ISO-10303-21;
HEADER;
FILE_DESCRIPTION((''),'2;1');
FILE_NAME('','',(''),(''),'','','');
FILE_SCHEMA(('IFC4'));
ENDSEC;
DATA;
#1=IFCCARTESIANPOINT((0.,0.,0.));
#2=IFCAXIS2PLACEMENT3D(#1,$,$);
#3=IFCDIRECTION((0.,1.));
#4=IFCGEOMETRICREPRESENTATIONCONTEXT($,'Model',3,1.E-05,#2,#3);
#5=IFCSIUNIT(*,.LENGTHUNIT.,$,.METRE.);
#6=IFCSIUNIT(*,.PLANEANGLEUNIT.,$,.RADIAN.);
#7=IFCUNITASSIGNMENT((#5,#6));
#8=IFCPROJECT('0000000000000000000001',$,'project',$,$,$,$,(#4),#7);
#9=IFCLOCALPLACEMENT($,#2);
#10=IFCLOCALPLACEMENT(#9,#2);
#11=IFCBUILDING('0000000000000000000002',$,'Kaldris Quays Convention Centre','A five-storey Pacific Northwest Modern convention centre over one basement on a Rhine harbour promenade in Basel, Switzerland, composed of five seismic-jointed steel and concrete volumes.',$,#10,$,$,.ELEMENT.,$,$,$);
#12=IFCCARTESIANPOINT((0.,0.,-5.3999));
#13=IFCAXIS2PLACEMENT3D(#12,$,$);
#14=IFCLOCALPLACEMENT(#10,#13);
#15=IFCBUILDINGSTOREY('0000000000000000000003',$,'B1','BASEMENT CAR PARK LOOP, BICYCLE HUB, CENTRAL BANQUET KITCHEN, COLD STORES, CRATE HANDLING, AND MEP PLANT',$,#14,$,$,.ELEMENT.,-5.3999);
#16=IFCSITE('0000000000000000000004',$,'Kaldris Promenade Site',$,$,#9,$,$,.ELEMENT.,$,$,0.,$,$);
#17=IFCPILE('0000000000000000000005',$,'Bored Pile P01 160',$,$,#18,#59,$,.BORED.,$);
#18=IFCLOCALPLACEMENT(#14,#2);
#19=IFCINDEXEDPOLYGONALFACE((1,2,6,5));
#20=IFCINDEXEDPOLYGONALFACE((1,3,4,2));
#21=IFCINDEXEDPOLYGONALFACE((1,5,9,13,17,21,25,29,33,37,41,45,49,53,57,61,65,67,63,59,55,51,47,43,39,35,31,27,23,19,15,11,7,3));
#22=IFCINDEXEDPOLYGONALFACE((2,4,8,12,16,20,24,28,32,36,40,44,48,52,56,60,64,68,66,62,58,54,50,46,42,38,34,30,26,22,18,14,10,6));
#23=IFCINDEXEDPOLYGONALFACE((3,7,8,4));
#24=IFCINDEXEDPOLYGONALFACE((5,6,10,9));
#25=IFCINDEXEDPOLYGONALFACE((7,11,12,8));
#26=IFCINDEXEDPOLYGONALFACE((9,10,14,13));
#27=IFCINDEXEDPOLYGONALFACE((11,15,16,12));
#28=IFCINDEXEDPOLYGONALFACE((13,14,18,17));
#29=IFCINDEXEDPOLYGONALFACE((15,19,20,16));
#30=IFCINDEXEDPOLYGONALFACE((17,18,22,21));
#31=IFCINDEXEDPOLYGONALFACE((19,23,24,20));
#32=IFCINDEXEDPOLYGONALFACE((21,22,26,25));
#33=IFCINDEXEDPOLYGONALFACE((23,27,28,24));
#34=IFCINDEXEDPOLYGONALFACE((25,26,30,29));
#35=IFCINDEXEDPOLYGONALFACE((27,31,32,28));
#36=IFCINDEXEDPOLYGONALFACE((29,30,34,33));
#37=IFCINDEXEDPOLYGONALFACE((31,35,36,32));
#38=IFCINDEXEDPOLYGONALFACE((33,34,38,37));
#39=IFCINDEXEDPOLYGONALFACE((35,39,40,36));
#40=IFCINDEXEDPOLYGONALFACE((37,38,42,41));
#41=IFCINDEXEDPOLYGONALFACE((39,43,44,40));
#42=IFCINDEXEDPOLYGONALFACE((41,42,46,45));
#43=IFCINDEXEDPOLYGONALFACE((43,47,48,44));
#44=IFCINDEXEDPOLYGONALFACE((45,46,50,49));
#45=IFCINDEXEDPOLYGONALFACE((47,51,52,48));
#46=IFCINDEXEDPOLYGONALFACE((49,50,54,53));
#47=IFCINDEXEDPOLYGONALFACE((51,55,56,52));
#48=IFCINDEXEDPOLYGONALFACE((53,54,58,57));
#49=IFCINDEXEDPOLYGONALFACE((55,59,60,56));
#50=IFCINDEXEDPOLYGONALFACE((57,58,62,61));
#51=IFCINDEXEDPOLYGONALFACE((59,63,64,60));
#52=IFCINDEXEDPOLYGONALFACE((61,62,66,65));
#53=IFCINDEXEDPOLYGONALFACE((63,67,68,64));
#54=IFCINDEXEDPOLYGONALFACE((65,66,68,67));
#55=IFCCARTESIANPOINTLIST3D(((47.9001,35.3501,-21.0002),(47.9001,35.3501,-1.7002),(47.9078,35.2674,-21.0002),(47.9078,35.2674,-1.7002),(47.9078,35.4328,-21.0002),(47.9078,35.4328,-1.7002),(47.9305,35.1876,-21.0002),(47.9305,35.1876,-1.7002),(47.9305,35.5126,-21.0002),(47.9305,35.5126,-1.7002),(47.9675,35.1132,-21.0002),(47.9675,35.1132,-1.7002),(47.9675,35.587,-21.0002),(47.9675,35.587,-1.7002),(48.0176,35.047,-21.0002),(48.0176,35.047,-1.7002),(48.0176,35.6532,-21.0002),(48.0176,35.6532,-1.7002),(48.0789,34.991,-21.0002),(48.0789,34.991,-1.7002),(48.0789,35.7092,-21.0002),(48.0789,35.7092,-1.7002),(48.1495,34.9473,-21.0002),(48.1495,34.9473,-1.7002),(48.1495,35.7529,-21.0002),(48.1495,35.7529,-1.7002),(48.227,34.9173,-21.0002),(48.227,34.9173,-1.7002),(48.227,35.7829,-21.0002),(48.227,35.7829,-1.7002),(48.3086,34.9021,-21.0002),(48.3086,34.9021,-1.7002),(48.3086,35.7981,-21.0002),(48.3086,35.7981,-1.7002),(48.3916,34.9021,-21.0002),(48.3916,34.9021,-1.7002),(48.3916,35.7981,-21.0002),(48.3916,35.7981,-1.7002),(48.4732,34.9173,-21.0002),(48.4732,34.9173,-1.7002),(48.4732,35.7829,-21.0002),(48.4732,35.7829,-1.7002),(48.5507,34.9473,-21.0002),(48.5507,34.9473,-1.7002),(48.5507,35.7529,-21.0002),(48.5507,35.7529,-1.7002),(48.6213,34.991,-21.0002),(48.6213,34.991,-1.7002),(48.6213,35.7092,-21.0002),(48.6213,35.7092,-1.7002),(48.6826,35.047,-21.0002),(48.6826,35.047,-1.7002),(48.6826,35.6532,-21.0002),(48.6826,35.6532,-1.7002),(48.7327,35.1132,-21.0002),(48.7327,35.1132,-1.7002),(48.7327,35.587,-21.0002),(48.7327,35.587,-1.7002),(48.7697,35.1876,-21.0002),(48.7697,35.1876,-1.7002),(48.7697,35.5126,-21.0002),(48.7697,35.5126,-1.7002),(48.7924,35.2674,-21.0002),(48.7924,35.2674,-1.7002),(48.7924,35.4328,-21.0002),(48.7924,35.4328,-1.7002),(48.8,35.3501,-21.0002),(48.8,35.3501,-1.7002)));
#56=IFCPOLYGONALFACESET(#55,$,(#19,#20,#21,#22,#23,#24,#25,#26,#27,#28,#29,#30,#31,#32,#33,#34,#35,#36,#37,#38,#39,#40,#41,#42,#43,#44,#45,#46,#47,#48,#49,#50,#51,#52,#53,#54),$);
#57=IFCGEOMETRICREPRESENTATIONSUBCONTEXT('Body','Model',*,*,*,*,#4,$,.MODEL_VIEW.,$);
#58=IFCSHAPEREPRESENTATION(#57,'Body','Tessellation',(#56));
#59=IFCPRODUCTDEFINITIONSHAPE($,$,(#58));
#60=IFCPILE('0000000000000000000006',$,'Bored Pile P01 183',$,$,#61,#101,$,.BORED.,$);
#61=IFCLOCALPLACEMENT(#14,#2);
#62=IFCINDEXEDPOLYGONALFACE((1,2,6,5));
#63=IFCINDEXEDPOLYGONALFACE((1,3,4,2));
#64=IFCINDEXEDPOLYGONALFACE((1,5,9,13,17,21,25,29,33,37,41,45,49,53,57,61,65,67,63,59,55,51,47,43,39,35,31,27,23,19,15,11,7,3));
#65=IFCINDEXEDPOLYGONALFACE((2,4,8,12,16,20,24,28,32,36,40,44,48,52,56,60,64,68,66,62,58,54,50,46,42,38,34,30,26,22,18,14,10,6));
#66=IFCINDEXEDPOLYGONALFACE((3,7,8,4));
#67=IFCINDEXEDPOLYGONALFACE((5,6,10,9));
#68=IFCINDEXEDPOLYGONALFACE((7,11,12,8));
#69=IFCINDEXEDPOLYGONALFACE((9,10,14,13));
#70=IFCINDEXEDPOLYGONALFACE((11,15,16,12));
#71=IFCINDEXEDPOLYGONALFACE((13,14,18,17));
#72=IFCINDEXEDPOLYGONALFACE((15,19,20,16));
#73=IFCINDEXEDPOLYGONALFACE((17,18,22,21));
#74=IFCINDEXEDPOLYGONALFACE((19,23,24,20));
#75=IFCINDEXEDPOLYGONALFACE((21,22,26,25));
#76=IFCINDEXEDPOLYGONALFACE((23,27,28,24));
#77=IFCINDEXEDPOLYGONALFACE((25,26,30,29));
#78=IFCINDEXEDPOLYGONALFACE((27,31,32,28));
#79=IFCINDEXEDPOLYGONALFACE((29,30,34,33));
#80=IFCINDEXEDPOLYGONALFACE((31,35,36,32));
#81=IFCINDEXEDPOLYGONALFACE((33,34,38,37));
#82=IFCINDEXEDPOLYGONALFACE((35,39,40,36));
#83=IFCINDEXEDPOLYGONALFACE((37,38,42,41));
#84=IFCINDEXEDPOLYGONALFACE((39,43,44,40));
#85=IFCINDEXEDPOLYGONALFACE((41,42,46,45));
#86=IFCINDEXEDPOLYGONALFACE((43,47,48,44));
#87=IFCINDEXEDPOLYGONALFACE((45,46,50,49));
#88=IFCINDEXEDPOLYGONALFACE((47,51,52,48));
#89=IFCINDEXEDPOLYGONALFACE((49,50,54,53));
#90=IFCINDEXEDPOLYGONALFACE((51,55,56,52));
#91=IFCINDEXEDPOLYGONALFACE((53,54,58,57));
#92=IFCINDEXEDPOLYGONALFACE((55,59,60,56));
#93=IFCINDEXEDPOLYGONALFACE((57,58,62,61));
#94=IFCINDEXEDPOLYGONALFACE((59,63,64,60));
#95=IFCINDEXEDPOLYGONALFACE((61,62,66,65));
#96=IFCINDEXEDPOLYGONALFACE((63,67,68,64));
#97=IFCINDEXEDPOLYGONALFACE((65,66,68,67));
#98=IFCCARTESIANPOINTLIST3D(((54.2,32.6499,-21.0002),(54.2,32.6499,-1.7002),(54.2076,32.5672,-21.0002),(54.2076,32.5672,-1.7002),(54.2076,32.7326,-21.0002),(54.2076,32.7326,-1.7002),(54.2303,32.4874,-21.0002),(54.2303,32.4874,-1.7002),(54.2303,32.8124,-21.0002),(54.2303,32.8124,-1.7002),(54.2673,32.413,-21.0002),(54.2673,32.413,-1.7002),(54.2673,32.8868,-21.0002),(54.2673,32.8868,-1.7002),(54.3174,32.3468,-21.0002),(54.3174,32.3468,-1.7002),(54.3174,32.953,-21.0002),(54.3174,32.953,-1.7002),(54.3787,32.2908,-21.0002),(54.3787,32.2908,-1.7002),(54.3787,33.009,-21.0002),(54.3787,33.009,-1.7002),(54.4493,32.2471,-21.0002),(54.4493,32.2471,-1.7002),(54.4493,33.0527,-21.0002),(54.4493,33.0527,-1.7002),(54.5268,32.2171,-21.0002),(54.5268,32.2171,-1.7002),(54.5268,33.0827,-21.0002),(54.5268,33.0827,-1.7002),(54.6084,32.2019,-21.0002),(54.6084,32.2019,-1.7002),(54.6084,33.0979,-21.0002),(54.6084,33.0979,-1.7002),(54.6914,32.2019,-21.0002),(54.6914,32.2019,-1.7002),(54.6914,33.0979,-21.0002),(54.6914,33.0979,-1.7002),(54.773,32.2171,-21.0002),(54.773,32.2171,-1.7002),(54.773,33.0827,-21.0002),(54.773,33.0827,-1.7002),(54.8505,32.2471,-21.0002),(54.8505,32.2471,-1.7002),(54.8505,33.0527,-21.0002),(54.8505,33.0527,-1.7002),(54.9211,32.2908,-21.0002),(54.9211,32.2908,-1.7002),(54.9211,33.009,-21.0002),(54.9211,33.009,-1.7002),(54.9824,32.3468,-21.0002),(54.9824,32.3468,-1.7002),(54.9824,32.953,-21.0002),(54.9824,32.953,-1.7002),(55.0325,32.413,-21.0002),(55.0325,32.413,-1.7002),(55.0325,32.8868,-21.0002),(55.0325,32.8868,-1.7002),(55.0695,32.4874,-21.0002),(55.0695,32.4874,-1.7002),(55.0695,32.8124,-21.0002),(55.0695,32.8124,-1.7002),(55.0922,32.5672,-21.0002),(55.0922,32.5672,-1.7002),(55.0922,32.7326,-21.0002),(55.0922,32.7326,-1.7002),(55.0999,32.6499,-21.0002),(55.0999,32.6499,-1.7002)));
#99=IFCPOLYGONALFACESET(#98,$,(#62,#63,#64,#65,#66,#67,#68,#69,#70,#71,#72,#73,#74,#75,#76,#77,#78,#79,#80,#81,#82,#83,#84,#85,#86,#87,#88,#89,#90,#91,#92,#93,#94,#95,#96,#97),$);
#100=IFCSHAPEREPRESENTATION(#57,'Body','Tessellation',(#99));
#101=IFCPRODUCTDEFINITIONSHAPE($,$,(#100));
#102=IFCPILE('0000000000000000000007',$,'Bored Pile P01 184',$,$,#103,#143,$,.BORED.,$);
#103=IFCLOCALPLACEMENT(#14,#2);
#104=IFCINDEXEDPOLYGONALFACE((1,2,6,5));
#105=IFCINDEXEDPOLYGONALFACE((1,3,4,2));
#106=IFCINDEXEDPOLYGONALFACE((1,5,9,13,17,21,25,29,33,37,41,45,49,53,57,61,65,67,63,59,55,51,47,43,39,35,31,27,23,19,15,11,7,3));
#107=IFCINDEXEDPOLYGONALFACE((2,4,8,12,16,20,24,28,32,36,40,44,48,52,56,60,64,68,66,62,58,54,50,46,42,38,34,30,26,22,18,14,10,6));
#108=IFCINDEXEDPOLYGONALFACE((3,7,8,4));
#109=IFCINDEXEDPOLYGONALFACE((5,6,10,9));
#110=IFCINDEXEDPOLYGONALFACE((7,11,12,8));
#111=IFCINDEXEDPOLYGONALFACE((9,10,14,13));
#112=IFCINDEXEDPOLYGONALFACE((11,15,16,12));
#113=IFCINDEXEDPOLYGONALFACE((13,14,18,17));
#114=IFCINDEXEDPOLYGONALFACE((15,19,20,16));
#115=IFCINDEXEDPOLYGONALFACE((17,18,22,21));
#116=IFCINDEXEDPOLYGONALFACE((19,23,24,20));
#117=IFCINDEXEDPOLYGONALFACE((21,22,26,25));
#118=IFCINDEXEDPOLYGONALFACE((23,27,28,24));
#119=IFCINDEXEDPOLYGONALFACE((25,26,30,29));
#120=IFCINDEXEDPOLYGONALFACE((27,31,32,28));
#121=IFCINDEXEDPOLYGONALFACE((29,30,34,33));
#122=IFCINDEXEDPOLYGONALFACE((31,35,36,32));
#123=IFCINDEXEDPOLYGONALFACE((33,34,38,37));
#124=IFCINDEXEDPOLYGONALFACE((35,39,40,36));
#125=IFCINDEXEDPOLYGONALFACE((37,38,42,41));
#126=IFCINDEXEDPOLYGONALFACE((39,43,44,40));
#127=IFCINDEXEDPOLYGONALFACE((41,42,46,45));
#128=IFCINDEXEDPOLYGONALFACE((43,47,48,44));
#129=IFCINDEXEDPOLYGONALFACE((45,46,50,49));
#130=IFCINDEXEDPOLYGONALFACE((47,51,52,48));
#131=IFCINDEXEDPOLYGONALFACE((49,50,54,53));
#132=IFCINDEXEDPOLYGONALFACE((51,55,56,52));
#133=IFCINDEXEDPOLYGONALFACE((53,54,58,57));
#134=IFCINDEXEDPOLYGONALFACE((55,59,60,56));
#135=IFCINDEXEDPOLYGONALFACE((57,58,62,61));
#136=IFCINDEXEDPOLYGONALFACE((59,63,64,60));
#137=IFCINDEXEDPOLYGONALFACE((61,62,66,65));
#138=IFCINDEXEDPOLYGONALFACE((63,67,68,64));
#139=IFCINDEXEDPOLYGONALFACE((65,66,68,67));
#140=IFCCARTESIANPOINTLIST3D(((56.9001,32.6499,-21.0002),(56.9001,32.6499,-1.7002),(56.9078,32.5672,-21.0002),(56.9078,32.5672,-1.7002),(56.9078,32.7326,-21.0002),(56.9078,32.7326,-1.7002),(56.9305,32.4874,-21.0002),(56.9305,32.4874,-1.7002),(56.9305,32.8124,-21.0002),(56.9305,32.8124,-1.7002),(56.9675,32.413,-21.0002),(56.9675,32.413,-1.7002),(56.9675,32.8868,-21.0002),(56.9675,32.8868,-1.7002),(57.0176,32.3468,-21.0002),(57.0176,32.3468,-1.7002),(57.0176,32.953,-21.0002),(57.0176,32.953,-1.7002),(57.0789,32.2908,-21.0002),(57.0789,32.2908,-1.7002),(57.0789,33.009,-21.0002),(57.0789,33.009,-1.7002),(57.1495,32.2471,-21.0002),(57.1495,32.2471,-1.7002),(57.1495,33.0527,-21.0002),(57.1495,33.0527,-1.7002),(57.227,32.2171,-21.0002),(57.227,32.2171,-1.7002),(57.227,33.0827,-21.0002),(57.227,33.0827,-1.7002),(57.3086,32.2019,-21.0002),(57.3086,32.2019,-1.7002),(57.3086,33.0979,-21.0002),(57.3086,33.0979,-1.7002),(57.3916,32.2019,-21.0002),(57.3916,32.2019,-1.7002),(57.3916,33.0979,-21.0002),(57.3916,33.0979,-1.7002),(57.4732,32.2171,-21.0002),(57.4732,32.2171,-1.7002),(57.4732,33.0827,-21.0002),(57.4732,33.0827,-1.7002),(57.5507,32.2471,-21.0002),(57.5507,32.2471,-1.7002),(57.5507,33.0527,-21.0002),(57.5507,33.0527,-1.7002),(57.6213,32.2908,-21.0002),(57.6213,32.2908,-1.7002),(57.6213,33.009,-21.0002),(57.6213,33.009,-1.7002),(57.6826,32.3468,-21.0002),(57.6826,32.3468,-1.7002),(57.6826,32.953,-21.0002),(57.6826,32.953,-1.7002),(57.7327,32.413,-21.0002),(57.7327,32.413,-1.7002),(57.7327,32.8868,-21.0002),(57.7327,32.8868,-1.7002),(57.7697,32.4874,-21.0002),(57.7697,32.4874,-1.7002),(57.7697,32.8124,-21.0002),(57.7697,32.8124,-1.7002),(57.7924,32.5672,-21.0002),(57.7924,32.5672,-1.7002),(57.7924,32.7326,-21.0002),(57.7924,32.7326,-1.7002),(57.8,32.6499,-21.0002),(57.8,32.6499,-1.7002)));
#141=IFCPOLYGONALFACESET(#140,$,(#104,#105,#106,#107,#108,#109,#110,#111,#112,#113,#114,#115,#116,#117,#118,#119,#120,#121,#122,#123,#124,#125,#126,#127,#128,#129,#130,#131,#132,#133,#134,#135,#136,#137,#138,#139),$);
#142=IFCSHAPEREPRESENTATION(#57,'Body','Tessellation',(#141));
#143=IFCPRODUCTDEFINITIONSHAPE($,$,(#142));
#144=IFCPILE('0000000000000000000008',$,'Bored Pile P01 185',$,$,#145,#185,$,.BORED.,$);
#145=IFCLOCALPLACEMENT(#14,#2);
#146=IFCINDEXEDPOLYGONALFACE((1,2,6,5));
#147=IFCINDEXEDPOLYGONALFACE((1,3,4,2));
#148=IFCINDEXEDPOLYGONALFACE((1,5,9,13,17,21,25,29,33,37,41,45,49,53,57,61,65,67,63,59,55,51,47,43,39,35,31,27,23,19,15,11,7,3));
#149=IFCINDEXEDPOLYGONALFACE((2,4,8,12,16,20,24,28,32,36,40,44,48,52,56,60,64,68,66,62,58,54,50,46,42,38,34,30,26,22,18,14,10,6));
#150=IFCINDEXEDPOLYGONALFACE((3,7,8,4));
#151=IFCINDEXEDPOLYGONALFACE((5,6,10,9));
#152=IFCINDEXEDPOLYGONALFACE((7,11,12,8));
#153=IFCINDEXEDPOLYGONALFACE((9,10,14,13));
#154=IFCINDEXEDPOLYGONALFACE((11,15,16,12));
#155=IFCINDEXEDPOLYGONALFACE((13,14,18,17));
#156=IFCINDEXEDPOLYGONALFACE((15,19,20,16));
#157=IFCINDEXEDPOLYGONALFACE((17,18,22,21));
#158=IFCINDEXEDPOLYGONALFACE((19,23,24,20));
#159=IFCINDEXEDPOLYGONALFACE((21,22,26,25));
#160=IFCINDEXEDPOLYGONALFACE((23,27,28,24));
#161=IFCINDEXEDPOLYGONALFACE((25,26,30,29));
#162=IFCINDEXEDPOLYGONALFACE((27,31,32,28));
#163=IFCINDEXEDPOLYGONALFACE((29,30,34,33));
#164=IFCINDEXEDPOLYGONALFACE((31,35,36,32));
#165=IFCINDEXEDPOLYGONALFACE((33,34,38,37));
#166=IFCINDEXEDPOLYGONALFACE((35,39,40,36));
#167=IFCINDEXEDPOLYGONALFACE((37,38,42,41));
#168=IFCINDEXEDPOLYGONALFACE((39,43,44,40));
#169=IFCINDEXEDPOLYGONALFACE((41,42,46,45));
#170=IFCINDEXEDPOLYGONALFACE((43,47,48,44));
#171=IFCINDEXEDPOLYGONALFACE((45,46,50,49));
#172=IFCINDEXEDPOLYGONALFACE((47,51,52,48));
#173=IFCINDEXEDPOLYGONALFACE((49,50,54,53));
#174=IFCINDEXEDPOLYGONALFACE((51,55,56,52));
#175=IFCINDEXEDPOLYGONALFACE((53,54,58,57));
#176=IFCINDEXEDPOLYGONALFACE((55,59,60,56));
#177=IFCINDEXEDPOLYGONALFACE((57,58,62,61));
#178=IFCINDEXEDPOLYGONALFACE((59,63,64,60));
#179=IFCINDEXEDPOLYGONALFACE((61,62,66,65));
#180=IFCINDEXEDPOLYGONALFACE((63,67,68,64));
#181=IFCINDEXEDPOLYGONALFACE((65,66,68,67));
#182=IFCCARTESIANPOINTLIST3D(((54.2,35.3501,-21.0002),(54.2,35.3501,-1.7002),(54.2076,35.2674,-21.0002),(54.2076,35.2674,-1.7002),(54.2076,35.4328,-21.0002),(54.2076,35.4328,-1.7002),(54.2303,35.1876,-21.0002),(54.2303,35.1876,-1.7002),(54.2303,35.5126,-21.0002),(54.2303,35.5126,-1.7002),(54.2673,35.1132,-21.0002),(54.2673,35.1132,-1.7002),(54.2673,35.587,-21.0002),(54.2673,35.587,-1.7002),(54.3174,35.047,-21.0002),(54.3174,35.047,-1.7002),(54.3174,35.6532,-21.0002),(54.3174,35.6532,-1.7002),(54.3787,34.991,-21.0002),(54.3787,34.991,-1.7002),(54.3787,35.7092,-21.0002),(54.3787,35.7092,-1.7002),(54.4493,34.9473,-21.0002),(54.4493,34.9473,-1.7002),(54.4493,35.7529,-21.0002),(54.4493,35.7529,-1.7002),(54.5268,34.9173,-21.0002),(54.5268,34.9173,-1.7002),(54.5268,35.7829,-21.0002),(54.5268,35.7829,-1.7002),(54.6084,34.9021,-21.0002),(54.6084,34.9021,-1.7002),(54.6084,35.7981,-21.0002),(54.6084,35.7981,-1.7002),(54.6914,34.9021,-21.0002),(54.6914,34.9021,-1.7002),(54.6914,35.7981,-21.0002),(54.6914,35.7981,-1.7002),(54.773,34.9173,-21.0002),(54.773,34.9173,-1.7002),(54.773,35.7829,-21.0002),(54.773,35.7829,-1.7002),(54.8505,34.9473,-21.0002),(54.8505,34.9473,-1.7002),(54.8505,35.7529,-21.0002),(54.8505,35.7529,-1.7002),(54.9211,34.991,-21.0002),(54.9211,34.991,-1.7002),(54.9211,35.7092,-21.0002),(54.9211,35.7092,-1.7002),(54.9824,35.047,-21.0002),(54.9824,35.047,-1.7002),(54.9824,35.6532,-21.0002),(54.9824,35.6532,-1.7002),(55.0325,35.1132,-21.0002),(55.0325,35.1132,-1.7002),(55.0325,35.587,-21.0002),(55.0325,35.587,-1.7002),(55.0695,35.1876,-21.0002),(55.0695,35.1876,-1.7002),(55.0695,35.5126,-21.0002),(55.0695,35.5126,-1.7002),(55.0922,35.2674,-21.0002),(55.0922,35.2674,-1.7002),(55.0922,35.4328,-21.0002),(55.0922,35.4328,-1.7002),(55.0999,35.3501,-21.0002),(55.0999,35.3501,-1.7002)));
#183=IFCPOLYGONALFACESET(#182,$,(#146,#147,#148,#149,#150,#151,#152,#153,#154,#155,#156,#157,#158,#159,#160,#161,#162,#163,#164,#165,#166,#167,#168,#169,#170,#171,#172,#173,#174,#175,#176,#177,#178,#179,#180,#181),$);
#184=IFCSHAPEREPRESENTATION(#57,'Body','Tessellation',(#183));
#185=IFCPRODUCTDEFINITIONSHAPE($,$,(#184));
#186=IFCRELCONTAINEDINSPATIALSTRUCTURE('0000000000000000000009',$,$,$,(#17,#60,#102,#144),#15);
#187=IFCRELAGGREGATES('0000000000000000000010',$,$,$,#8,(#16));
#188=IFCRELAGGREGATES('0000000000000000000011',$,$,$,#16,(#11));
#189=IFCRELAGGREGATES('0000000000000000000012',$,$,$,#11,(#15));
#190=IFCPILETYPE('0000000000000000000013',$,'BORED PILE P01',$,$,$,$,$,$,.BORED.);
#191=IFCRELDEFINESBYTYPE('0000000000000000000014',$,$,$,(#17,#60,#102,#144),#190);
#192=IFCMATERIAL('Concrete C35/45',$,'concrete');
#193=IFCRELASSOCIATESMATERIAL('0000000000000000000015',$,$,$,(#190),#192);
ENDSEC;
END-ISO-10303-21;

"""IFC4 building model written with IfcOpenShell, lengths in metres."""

from ifc_helpers import new_model, si_unit, direction, frame, origin, origin_2d, place, context, subcontext, project, spatial, circle, extrude, material, material_profile, profile_set, type_object, element, save


model = new_model("IFC4")

# Units and contexts
model_context = context("Model", 3, precision=1e-05, world=origin(), true_north=direction((0.0, 1.0)))
body_context = subcontext(model_context, "Body", "Model", "MODEL_VIEW")
ifc_project = project(units=[si_unit("LENGTHUNIT", "METRE"), si_unit("PLANEANGLEUNIT", "RADIAN")], contexts=[model_context])

# Site, building, storey
site_placement = place(None, origin())
site = spatial("IfcSite", under=ifc_project, at=site_placement, Name="Kaldris Promenade Site", CompositionType="ELEMENT", RefElevation=0.0)
building_placement = place(site_placement, origin())
building = spatial("IfcBuilding", under=site, at=building_placement, Name="Kaldris Quays Convention Centre", Description="A five-storey Pacific Northwest Modern convention centre over one basement on a Rhine harbour promenade in Basel, Switzerland, composed of five seismic-jointed steel and concrete volumes.", CompositionType="ELEMENT")
storey_placement = place(building_placement, frame((0.0, 0.0, -5.3999)))
storey = spatial("IfcBuildingStorey", under=building, at=storey_placement, Name="B1", Description="BASEMENT CAR PARK LOOP, BICYCLE HUB, CENTRAL BANQUET KITCHEN, COLD STORES, CRATE HANDLING, AND MEP PLANT", CompositionType="ELEMENT", Elevation=-5.3999)

# Piles
ifc_material_1 = material(Name="Concrete C35/45", Category="concrete")
ifc_material_profile_1 = material_profile(ifc_material_1, circle(Radius=0.45, at=origin_2d()), Name="BORED PILE D900")
ifc_profile_set_1 = profile_set([ifc_material_profile_1], Name="Concrete C35/45")
pile_type = type_object("IfcPileType", Name="BORED PILE P01", PredefinedType="BORED", material=ifc_profile_set_1)
for number, where, z_axis, x_axis, name in (
    (1, (48.3501, 35.3501, -1.7002), (0.0, 0.0, -1.0), (1.0, 0.0, 0.0), "Bored Pile P01 160"),
    (2, (54.6499, 32.6499, -1.7002), (0.0, 0.0, -1.0), (1.0, 0.0, 0.0), "Bored Pile P01 183"),
    (3, (57.3501, 32.6499, -1.7002), (0.0, 0.0, -1.0), (1.0, 0.0, 0.0), "Bored Pile P01 184"),
    (4, (54.6499, 35.3501, -1.7002), (0.0, 0.0, -1.0), (1.0, 0.0, 0.0), "Bored Pile P01 185"),
):
    element("IfcPile", number, at=place(storey_placement, frame(where, z_axis=z_axis, x_axis=x_axis)), inside=storey, type_object=pile_type, Name=name, PredefinedType="BORED", context=body_context, shape_type="SweptSolid", body=[
        extrude(circle(Radius=0.45, at=origin_2d()), origin(), (0.0, 0.0, 1.0), 19.3),
    ])

save(model, "model.ifc")
